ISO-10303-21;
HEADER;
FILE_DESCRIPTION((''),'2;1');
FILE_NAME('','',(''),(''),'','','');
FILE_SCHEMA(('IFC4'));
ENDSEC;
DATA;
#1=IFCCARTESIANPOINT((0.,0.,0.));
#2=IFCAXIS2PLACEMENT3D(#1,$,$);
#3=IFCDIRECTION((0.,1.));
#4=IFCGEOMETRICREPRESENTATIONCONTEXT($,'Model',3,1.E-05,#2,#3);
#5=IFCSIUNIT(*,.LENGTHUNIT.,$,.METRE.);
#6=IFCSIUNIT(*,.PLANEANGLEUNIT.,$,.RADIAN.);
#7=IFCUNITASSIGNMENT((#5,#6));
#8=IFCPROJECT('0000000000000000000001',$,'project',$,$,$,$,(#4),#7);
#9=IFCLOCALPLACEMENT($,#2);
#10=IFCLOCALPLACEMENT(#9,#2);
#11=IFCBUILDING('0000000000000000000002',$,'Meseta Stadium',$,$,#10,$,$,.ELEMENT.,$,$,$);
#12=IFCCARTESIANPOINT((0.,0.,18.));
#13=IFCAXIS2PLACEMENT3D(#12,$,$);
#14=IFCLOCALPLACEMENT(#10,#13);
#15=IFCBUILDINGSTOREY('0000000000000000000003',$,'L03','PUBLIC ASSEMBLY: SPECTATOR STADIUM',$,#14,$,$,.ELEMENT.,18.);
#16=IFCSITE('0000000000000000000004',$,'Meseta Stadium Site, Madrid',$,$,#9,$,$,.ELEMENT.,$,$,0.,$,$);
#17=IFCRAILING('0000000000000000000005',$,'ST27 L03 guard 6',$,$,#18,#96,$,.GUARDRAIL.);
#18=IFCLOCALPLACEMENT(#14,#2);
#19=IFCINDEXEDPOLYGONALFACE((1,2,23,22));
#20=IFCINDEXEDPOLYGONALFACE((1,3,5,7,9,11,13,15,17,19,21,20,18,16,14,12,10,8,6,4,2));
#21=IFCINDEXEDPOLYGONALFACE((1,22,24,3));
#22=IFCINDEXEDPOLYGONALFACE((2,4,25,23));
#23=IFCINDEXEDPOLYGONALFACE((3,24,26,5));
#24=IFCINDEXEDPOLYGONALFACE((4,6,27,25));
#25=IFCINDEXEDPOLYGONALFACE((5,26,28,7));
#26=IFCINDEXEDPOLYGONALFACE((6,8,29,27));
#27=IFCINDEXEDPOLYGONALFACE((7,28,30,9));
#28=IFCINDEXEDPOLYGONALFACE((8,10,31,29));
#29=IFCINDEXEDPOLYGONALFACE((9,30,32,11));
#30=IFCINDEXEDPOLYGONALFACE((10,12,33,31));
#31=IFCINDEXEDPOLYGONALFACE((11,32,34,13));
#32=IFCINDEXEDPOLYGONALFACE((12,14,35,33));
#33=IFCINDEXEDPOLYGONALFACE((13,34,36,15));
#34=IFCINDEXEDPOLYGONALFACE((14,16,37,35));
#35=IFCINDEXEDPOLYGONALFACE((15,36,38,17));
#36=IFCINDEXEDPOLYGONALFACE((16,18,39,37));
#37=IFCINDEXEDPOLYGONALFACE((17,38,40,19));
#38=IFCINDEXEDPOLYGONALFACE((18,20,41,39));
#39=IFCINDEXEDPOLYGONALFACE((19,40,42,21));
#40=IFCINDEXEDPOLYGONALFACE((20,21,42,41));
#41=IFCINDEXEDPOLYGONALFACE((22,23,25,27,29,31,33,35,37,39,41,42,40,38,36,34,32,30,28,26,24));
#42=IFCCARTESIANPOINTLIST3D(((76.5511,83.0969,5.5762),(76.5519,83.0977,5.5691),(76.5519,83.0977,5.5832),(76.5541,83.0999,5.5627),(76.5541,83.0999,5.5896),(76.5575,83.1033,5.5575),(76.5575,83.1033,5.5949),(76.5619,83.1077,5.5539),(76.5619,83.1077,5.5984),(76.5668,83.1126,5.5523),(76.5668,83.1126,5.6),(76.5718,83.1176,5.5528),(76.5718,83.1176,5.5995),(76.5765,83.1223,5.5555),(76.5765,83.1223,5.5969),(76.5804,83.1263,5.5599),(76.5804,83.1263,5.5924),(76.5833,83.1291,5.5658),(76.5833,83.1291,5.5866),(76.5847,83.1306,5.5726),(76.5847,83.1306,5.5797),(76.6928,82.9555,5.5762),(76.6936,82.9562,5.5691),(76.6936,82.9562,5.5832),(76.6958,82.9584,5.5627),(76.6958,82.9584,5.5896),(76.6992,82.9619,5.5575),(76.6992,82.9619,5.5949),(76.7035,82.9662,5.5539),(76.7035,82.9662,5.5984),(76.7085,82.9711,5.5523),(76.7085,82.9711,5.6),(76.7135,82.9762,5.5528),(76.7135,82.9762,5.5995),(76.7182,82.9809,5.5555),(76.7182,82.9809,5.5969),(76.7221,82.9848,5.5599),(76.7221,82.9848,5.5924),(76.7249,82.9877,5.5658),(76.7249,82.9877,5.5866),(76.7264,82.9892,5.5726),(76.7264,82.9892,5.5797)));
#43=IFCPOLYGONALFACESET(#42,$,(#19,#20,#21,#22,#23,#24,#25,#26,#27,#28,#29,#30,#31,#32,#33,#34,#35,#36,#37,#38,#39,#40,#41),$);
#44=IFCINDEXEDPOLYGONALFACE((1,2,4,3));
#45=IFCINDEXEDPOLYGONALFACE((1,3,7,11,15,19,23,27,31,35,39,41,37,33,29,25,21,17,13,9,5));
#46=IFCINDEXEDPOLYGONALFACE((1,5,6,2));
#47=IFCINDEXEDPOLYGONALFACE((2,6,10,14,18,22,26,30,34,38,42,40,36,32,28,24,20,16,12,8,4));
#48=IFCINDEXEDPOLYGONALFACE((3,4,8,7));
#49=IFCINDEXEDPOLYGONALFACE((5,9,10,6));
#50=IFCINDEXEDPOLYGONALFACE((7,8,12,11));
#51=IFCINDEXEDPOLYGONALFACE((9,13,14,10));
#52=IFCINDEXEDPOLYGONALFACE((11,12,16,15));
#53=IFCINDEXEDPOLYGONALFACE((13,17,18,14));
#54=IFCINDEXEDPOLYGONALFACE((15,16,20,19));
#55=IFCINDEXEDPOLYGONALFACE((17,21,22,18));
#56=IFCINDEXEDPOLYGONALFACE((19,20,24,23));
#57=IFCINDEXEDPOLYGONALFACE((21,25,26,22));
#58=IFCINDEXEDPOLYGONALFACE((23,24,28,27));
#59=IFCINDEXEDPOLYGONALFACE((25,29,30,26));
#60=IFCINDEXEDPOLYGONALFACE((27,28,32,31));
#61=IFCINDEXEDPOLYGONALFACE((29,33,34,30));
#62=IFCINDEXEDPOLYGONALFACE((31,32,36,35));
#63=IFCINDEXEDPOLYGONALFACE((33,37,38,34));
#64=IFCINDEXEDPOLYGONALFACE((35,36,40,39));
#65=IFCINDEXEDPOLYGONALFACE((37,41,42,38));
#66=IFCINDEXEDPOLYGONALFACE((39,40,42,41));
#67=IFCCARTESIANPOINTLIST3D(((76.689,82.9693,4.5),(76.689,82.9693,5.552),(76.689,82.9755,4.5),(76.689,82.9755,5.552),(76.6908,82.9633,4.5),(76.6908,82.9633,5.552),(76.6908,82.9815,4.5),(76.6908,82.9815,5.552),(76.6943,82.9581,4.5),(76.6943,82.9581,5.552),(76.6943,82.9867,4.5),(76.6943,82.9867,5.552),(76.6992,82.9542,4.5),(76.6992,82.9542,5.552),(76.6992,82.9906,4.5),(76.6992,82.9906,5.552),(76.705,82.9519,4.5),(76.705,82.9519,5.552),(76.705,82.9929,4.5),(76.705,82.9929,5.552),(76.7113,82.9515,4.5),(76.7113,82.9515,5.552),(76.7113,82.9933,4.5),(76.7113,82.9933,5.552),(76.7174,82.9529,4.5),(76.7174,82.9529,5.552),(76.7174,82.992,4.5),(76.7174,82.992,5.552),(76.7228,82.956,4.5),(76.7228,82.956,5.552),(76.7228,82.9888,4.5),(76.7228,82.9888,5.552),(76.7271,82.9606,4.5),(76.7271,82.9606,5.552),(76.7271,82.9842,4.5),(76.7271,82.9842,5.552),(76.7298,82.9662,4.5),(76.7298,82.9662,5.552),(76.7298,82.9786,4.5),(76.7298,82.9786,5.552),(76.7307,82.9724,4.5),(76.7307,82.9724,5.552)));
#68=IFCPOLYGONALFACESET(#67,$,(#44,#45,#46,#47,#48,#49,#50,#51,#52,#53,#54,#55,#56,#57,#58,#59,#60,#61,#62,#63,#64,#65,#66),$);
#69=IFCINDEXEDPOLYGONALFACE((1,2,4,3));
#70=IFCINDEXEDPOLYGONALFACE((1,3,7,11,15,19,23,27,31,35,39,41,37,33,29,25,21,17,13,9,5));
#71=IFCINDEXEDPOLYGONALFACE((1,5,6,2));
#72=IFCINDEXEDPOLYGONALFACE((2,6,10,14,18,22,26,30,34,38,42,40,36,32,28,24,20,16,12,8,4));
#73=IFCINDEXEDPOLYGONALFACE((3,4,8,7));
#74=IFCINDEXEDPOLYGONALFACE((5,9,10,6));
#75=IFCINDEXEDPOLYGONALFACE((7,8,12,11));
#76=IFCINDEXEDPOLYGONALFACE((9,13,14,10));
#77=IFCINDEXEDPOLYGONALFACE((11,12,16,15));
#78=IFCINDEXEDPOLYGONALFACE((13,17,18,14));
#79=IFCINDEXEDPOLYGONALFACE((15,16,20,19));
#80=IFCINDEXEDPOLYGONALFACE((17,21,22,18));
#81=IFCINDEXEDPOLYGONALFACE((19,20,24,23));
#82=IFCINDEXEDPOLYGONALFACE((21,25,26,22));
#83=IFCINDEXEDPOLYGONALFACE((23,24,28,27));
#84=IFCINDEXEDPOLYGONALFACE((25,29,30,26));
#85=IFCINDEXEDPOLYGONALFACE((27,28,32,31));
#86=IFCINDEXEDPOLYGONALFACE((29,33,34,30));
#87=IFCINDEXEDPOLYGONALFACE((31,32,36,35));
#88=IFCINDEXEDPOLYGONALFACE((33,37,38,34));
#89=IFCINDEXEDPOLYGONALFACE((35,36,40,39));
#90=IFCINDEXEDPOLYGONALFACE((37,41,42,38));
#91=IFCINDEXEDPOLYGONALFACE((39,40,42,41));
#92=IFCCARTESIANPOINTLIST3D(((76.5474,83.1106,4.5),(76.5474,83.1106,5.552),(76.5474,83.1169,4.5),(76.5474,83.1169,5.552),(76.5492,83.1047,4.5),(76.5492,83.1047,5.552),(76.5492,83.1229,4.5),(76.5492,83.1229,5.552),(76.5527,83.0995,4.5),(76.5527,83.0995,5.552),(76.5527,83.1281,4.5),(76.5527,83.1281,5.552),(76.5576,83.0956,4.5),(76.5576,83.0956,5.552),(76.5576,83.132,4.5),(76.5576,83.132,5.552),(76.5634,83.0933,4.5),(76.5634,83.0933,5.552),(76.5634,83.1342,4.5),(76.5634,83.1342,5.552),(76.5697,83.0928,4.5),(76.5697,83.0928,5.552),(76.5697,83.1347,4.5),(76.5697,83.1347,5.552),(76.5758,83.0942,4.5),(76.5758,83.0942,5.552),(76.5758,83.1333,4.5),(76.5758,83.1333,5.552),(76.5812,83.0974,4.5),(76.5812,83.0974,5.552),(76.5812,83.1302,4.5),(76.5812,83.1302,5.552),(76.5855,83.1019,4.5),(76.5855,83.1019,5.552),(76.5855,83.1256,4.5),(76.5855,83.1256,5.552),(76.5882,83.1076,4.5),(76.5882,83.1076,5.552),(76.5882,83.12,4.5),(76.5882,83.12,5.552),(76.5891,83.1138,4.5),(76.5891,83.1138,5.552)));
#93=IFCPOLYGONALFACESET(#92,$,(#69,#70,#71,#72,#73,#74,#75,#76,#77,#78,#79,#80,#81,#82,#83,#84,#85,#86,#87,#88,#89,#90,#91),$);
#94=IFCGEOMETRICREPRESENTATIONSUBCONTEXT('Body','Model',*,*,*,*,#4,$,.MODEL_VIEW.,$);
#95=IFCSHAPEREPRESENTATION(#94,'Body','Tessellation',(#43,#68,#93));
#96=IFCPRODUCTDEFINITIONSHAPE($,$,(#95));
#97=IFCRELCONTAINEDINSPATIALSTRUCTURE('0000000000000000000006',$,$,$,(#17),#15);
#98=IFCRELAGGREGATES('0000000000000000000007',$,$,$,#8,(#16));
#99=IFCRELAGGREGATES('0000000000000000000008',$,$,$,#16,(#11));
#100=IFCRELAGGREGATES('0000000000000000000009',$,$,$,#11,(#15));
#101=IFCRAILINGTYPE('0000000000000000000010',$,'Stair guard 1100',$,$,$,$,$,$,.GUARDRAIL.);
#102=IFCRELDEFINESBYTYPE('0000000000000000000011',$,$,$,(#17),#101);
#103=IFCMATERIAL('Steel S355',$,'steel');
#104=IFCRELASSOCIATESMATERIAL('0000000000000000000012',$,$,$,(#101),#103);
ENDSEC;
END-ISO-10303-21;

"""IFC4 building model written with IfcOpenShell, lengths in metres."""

from ifc_helpers import new_model, si_unit, direction, frame, origin, origin_2d, place, context, subcontext, project, spatial, circle, extrude, material, type_object, element, save


model = new_model("IFC4")

# Units and contexts
model_context = context("Model", 3, precision=1e-05, world=origin(), true_north=direction((0.0, 1.0)))
body_context = subcontext(model_context, "Body", "Model", "MODEL_VIEW")
ifc_project = project(units=[si_unit("LENGTHUNIT", "METRE"), si_unit("PLANEANGLEUNIT", "RADIAN")], contexts=[model_context])

# Site, building, storey
site_placement = place(None, origin())
site = spatial("IfcSite", under=ifc_project, at=site_placement, Name="Meseta Stadium Site, Madrid", CompositionType="ELEMENT", RefElevation=0.0)
building_placement = place(site_placement, origin())
building = spatial("IfcBuilding", under=site, at=building_placement, Name="Meseta Stadium", CompositionType="ELEMENT")
storey_placement = place(building_placement, frame((0.0, 0.0, 18.0)))
storey = spatial("IfcBuildingStorey", under=building, at=storey_placement, Name="L03", Description="PUBLIC ASSEMBLY: SPECTATOR STADIUM", CompositionType="ELEMENT", Elevation=18.0)

# Railing
ifc_material_1 = material(Name="Steel S355", Category="steel")
railing_type_1 = type_object("IfcRailingType", Name="Stair guard 1100", PredefinedType="GUARDRAIL", material=ifc_material_1)
railing_1_placement = place(storey_placement, frame((76.7097, 82.9724, 4.5)))
element("IfcRailing", 1, at=railing_1_placement, inside=storey, type_object=railing_type_1, Name="ST27 L03 guard 6", PredefinedType="GUARDRAIL", context=body_context, shape_type="SweptSolid", body=[
    extrude(circle(Radius=0.0239, at=origin_2d()), frame((0.0, 0.0, 1.0762), z_axis=(-0.707717, 0.706496, 0.0), x_axis=(-0.706496, -0.707717, 0.0)), (0.0, 0.0, 1.0), 0.2002),
    extrude(circle(Radius=0.021, at=origin_2d()), origin(), (0.0, 0.0, 1.0), 1.052),
    extrude(circle(Radius=0.021, at=origin_2d()), frame((-0.1416, 0.1414, 0.0)), (0.0, 0.0, 1.0), 1.052),
])

save(model, "model.ifc")
